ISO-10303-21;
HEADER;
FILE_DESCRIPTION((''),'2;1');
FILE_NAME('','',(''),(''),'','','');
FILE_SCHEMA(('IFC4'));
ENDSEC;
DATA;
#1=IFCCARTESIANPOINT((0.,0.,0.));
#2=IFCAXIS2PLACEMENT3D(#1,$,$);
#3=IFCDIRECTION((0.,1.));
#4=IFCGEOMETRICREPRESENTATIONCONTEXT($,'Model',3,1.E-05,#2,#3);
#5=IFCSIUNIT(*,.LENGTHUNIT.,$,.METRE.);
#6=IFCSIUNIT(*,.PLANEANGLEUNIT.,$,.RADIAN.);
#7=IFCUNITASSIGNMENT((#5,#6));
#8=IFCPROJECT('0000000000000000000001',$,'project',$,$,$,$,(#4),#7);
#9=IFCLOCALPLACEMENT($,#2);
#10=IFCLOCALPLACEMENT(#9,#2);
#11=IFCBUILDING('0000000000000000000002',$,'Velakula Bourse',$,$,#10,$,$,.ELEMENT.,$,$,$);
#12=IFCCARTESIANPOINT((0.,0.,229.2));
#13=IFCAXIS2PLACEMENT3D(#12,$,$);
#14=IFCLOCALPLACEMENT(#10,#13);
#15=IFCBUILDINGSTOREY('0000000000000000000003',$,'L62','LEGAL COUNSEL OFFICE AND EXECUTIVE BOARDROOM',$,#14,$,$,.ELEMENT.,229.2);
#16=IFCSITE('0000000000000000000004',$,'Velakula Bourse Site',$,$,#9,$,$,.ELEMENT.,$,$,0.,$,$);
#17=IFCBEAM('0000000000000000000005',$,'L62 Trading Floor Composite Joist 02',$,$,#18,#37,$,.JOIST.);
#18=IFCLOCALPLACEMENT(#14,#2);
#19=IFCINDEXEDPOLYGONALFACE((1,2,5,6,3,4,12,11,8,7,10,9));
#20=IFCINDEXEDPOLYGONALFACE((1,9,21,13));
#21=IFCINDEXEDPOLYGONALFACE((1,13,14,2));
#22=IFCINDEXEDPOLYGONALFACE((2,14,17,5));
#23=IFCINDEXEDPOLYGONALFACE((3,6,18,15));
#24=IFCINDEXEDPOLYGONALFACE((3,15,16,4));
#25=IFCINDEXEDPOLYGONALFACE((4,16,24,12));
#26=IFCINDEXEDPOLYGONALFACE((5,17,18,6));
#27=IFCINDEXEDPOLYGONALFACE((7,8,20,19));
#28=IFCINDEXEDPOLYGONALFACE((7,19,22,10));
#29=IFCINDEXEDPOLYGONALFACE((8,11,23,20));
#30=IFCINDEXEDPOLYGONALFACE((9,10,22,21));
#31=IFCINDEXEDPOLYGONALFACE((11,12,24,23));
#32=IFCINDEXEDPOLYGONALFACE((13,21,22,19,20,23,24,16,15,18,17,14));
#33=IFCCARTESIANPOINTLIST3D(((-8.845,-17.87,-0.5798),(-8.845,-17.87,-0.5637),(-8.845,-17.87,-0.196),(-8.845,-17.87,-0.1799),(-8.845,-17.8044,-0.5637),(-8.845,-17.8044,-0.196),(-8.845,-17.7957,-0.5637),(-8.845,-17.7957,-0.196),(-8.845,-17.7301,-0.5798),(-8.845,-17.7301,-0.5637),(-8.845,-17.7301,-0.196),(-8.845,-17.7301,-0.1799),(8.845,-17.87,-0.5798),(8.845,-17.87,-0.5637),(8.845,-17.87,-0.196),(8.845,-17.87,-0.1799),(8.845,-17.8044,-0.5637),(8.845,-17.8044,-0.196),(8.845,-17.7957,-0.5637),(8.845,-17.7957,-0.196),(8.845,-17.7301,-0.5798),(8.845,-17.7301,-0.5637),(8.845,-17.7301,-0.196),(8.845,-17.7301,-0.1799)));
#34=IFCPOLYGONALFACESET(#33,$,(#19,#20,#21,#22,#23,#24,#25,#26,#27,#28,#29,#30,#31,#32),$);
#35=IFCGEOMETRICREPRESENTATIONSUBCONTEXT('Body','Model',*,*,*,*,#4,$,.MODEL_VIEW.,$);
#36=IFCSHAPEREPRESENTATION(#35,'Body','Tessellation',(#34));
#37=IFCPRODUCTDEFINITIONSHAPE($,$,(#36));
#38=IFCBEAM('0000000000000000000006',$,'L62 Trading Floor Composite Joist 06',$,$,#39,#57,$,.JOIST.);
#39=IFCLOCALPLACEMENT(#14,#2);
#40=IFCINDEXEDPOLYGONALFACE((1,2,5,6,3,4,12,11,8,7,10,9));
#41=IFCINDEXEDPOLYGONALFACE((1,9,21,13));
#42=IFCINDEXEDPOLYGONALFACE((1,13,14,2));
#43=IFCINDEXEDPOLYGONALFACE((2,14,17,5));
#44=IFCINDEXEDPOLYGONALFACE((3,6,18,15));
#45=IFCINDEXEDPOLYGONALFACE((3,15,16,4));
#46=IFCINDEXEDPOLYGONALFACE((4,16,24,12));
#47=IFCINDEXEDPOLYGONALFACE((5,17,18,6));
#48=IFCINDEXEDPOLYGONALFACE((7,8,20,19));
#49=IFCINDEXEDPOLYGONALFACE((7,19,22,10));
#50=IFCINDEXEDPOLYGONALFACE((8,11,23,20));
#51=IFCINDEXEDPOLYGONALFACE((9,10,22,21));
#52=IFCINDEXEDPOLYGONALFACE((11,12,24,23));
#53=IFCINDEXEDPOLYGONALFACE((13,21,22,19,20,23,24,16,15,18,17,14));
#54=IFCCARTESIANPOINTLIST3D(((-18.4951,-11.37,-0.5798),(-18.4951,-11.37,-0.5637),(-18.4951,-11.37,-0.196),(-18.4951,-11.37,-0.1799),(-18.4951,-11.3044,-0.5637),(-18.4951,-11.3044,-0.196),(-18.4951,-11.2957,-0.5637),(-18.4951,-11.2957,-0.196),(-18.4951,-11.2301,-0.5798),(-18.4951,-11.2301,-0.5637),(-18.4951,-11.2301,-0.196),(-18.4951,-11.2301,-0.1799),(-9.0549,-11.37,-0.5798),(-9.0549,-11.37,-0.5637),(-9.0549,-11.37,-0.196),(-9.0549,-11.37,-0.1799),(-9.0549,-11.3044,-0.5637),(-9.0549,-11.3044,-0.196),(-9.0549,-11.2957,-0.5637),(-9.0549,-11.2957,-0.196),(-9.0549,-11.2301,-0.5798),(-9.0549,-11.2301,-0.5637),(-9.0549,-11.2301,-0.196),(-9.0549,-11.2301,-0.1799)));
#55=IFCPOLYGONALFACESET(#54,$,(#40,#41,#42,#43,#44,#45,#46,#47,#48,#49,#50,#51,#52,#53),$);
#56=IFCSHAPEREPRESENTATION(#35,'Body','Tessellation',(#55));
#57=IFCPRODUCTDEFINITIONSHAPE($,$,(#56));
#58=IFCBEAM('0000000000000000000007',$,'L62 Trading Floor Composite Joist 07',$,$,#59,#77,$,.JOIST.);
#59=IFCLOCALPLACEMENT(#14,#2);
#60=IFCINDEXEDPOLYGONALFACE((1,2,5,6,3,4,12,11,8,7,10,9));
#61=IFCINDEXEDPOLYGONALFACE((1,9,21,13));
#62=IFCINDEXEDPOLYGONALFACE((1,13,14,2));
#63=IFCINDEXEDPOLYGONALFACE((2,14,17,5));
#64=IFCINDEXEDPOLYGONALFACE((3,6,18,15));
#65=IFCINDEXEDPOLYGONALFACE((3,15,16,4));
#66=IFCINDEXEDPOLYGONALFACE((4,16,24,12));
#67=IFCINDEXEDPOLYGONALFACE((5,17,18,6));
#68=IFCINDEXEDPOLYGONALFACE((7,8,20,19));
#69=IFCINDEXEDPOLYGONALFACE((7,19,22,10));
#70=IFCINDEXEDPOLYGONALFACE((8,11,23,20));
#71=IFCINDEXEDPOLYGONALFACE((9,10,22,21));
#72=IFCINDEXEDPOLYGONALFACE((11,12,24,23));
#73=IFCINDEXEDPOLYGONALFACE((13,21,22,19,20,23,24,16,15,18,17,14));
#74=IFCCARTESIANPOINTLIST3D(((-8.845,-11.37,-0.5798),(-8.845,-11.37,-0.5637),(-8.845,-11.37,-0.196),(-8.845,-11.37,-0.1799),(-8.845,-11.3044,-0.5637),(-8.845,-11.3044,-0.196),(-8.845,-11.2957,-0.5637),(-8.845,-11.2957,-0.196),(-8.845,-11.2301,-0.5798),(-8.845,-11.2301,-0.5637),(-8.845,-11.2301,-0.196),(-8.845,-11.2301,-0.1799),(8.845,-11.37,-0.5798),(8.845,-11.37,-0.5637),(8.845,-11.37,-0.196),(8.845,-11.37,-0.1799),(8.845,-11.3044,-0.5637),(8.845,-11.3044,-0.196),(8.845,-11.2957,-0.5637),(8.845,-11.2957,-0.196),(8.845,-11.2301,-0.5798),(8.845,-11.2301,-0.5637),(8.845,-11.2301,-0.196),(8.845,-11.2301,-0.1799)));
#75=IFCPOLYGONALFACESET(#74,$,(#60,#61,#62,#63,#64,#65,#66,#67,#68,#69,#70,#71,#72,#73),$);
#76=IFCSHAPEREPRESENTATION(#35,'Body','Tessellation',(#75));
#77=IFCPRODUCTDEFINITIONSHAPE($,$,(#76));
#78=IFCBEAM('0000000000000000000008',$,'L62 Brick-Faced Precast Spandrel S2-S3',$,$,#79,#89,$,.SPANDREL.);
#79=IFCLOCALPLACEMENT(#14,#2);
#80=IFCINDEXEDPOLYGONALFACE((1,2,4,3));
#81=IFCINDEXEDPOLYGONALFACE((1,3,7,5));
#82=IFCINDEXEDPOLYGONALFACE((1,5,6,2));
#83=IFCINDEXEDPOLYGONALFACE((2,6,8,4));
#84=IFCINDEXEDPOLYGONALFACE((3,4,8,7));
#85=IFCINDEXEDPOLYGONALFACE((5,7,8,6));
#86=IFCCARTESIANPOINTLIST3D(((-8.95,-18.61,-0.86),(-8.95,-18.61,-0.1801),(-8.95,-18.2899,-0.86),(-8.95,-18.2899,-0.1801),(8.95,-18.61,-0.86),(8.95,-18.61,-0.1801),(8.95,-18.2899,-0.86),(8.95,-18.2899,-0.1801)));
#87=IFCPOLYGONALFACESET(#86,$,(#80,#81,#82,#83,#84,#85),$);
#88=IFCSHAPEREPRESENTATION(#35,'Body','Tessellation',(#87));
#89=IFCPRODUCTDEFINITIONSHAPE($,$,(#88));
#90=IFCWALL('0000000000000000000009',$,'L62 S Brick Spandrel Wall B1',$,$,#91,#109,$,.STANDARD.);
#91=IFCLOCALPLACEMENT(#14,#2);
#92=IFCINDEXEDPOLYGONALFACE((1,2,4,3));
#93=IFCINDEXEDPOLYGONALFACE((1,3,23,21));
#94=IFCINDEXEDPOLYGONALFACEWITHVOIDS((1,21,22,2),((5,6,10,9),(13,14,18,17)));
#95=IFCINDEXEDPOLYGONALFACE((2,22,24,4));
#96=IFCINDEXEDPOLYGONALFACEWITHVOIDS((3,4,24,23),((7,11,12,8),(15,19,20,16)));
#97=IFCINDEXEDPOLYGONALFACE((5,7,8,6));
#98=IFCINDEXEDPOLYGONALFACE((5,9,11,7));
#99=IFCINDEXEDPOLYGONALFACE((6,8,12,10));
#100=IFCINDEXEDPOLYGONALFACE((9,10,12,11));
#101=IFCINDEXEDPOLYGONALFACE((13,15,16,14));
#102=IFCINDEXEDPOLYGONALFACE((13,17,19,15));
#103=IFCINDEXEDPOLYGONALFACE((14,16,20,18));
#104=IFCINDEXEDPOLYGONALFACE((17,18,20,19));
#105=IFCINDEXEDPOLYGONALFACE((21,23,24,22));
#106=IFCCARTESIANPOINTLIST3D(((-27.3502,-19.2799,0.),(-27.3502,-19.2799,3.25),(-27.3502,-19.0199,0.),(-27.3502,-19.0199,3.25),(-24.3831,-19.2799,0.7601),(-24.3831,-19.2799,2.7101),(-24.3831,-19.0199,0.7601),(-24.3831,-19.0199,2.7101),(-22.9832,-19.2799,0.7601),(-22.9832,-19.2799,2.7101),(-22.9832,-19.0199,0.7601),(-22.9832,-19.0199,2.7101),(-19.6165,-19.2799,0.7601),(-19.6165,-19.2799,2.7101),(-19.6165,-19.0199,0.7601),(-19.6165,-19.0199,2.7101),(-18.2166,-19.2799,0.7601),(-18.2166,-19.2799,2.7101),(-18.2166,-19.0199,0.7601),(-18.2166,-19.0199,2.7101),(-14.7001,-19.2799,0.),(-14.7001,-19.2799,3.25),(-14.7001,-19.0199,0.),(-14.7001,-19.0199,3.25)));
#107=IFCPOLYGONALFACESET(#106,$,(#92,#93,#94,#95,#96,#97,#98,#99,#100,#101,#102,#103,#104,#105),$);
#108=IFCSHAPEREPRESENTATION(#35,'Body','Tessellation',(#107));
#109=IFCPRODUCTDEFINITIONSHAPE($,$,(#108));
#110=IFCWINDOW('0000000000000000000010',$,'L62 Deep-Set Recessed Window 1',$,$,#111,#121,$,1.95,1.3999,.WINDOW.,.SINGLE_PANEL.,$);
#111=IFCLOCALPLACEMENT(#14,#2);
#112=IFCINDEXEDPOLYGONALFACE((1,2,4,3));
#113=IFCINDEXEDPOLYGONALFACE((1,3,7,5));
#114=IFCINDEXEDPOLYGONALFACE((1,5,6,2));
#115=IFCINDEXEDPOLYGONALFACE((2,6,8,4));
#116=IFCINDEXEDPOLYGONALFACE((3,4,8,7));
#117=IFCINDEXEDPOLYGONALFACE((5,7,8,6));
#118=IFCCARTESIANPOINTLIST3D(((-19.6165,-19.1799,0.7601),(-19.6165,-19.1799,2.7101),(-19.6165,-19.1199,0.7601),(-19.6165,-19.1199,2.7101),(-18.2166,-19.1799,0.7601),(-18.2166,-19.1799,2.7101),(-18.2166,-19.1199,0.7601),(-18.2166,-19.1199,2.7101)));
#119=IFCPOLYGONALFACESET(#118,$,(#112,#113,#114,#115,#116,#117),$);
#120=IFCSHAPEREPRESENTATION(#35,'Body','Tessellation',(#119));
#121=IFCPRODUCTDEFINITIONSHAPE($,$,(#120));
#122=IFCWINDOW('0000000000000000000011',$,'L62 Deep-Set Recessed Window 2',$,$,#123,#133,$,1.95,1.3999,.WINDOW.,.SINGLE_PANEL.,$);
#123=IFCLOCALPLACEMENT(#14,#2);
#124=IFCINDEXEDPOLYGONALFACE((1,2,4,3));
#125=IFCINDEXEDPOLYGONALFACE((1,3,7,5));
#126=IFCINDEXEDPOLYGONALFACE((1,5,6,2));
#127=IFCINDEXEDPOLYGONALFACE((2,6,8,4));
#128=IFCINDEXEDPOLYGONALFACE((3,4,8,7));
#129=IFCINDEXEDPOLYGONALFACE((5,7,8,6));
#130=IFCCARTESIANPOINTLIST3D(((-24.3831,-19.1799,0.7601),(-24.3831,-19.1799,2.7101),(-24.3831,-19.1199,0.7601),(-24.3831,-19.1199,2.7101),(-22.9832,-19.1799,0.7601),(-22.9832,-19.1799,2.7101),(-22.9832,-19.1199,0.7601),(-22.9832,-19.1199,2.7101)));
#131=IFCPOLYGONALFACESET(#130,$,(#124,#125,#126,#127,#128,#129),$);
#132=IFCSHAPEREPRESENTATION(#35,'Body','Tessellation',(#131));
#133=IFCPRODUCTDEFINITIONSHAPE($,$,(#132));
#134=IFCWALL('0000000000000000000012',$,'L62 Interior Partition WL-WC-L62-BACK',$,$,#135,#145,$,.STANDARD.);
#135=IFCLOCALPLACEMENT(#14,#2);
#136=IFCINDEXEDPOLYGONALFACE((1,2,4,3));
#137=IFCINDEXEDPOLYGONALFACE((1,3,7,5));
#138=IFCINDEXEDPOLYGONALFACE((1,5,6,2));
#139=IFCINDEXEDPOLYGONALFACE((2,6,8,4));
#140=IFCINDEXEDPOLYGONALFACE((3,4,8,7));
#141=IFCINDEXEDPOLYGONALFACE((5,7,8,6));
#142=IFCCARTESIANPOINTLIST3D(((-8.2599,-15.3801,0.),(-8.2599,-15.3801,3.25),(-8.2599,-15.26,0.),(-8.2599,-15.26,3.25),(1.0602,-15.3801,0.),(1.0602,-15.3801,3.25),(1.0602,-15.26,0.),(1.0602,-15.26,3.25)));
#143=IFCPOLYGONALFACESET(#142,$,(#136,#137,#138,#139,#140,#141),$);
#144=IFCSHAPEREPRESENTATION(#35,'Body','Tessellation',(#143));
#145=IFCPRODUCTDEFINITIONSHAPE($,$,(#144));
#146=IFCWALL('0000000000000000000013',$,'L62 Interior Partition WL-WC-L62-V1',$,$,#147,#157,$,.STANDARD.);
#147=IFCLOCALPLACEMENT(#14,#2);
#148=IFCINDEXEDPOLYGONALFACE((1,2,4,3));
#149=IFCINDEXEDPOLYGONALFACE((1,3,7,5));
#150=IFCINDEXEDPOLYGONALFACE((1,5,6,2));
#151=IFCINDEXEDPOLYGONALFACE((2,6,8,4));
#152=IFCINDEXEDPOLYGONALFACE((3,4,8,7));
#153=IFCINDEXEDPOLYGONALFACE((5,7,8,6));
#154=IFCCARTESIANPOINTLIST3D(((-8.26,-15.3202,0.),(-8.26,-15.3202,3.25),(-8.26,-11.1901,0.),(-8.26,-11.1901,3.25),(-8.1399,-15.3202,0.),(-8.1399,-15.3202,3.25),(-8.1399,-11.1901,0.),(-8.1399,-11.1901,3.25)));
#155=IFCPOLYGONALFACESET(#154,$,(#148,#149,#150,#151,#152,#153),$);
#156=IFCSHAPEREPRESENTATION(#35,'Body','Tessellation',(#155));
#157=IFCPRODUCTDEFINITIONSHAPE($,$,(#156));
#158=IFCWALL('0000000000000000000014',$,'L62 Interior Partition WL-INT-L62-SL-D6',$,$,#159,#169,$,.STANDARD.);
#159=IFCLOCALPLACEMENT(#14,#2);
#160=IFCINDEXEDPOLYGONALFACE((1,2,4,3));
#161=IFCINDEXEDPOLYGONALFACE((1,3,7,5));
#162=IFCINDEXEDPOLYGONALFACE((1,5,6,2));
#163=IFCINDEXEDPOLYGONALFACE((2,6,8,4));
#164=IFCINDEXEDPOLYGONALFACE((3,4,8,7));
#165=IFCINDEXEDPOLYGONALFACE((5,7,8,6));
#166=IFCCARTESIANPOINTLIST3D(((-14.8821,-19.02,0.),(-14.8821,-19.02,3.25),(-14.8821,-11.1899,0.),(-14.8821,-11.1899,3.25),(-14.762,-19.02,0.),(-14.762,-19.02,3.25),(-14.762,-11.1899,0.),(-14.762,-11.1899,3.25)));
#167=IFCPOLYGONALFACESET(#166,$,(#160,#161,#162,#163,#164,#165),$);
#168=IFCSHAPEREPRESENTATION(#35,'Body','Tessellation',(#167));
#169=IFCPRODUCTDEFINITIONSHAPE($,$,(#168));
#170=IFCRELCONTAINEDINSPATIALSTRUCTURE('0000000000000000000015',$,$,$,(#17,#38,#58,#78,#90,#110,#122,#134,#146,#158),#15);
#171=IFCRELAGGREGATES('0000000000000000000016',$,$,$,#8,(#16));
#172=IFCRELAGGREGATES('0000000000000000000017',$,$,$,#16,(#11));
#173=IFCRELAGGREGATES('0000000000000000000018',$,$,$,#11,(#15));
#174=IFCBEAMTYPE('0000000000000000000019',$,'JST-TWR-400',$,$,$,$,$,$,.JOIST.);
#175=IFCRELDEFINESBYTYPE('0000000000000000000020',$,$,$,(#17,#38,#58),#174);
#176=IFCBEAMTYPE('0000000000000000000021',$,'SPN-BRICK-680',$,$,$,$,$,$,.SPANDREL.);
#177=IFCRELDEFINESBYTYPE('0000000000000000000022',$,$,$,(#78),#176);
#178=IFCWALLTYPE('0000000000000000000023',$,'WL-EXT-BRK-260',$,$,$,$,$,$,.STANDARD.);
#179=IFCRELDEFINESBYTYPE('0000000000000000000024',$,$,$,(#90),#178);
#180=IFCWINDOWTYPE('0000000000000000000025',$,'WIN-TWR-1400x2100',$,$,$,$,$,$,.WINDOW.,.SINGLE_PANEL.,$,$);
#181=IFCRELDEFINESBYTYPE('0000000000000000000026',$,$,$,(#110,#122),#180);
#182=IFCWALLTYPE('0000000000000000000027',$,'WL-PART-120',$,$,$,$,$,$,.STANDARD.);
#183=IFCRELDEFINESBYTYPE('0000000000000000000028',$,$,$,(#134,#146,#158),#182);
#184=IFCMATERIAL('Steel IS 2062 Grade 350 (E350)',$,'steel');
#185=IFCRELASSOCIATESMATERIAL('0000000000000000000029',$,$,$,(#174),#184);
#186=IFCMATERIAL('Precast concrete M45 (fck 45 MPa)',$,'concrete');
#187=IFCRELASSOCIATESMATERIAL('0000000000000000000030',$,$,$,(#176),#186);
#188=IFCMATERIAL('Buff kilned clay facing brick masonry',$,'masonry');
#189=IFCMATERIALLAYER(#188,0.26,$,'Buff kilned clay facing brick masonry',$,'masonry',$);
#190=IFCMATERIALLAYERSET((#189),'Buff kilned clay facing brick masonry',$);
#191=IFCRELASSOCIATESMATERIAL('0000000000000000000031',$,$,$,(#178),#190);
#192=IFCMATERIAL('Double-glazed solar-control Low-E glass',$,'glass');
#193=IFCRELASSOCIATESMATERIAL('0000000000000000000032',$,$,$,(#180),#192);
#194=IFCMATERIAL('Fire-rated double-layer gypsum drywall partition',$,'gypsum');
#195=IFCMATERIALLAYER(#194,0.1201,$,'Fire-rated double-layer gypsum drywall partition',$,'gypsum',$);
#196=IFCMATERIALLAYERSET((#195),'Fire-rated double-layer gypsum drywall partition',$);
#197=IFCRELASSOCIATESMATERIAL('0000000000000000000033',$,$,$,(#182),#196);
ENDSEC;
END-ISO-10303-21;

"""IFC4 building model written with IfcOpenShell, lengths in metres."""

from ifc_helpers import new_model, si_unit, direction, frame, frame_2d, origin, origin_2d, place, context, subcontext, project, spatial, rectangle, i_section, extrude, material, layer, layer_set, material_profile, profile_set, type_object, element, fill, save


model = new_model("IFC4")

# Units and contexts
model_context = context("Model", 3, precision=1e-05, world=origin(), true_north=direction((0.0, 1.0)))
body_context = subcontext(model_context, "Body", "Model", "MODEL_VIEW")
ifc_project = project(units=[si_unit("LENGTHUNIT", "METRE"), si_unit("PLANEANGLEUNIT", "RADIAN")], contexts=[model_context])

# Site, building, storey
site_placement = place(None, origin())
site = spatial("IfcSite", under=ifc_project, at=site_placement, Name="Velakula Bourse Site", CompositionType="ELEMENT", RefElevation=0.0)
building_placement = place(site_placement, origin())
building = spatial("IfcBuilding", under=site, at=building_placement, Name="Velakula Bourse", CompositionType="ELEMENT")
storey_placement = place(building_placement, frame((0.0, 0.0, 229.2)))
storey = spatial("IfcBuildingStorey", under=building, at=storey_placement, Name="L62", Description="LEGAL COUNSEL OFFICE AND EXECUTIVE BOARDROOM", CompositionType="ELEMENT", Elevation=229.2)

# Shared definitions
ifc_material_1 = material(Name="Steel IS 2062 Grade 350 (E350)", Category="steel")

# Beams
ifc_material_profile_1 = material_profile(ifc_material_1, i_section(OverallWidth=0.1399, OverallDepth=0.3999, WebThickness=0.0088, FlangeThickness=0.0161, at=origin_2d()), Name="Steel IS 2062 Grade 350 (E350)")
ifc_profile_set_1 = profile_set([ifc_material_profile_1], Name="Steel IS 2062 Grade 350 (E350)")
beam_type_1 = type_object("IfcBeamType", Name="JST-TWR-400", PredefinedType="JOIST", material=ifc_profile_set_1)
beam_1_placement = place(storey_placement, frame((-8.845, -17.8, -0.3799), z_axis=(1.0, 0.0, 0.0), x_axis=(0.0, 1.0, 0.0)))
element("IfcBeam", 1, at=beam_1_placement, inside=storey, type_object=beam_type_1, Name="L62 Trading Floor Composite Joist 02", PredefinedType="JOIST", context=body_context, shape_type="SweptSolid", body=[
    extrude(i_section(OverallWidth=0.1399, OverallDepth=0.3999, WebThickness=0.0088, FlangeThickness=0.0161, at=origin_2d()), origin(), (0.0, 0.0, 1.0), 17.6899),
])
beam_2_placement = place(storey_placement, frame((-18.4951, -11.3, -0.3799), z_axis=(1.0, 0.0, 0.0), x_axis=(0.0, 1.0, 0.0)))
element("IfcBeam", 2, at=beam_2_placement, inside=storey, type_object=beam_type_1, Name="L62 Trading Floor Composite Joist 06", PredefinedType="JOIST", context=body_context, shape_type="SweptSolid", body=[
    extrude(i_section(OverallWidth=0.1399, OverallDepth=0.3999, WebThickness=0.0088, FlangeThickness=0.0161, at=origin_2d()), origin(), (0.0, 0.0, 1.0), 9.4402),
])
beam_3_placement = place(storey_placement, frame((-8.845, -11.3, -0.3799), z_axis=(1.0, 0.0, 0.0), x_axis=(0.0, 1.0, 0.0)))
element("IfcBeam", 3, at=beam_3_placement, inside=storey, type_object=beam_type_1, Name="L62 Trading Floor Composite Joist 07", PredefinedType="JOIST", context=body_context, shape_type="SweptSolid", body=[
    extrude(i_section(OverallWidth=0.1399, OverallDepth=0.3999, WebThickness=0.0088, FlangeThickness=0.0161, at=origin_2d()), origin(), (0.0, 0.0, 1.0), 17.6899),
])
ifc_material_2 = material(Name="Precast concrete M45 (fck 45 MPa)", Category="concrete")
ifc_material_profile_2 = material_profile(ifc_material_2, rectangle(XDim=0.3201, YDim=0.6799, at=origin_2d()), Name="Precast concrete M45 (fck 45 MPa)")
ifc_profile_set_2 = profile_set([ifc_material_profile_2], Name="Precast concrete M45 (fck 45 MPa)")
beam_type_2 = type_object("IfcBeamType", Name="SPN-BRICK-680", PredefinedType="SPANDREL", material=ifc_profile_set_2)
beam_4_placement = place(storey_placement, frame((-8.95, -18.45, -0.52), z_axis=(1.0, 0.0, 0.0), x_axis=(0.0, 1.0, 0.0)))
element("IfcBeam", 4, at=beam_4_placement, inside=storey, type_object=beam_type_2, Name="L62 Brick-Faced Precast Spandrel S2-S3", PredefinedType="SPANDREL", context=body_context, shape_type="SweptSolid", body=[
    extrude(rectangle(XDim=0.3201, YDim=0.6799, at=origin_2d()), origin(), (0.0, 0.0, 1.0), 17.8999),
])

# Wall, openings, windows
ifc_material_3 = material(Name="Buff kilned clay facing brick masonry", Category="masonry")
ifc_layer_1 = layer(ifc_material_3, 0.26, Name="Buff kilned clay facing brick masonry", Category="masonry")
ifc_layer_set_1 = layer_set([ifc_layer_1], Name="Buff kilned clay facing brick masonry")
wall_type_1 = type_object("IfcWallType", Name="WL-EXT-BRK-260", PredefinedType="STANDARD", material=ifc_layer_set_1)
wall_1_placement = place(storey_placement, frame((-14.7, -19.1499, 0.0), z_axis=(0.0, 0.0, 1.0), x_axis=(-1.0, 0.0, 0.0)))
wall_1 = element("IfcWall", 5, at=wall_1_placement, inside=storey, type_object=wall_type_1, Name="L62 S Brick Spandrel Wall B1", PredefinedType="STANDARD", context=body_context, shape_type="SweptSolid", body=[
    extrude(rectangle(XDim=12.6501, YDim=0.26, at=frame_2d((6.3252, 0.0))), origin(), (0.0, 0.0, 1.0), 3.25),
])
opening_1_placement = place(wall_1_placement, frame((3.5166, 0.0, 0.76)))
opening_1 = element("IfcOpeningElement", 6, at=opening_1_placement, cuts=wall_1, PredefinedType="OPENING", context=body_context, shape_type="SweptSolid", body=[
    extrude(rectangle(XDim=1.3999, YDim=1.95, at=frame_2d((0.7, 0.9751))), frame((0.0, 0.1399, 0.0), z_axis=(0.0, -1.0, 0.0), x_axis=(1.0, 0.0, 0.0)), (0.0, 0.0, 1.0), 0.28),
])
opening_2_placement = place(wall_1_placement, frame((8.2832, 0.0, 0.76)))
opening_2 = element("IfcOpeningElement", 7, at=opening_2_placement, cuts=wall_1, PredefinedType="OPENING", context=body_context, shape_type="SweptSolid", body=[
    extrude(rectangle(XDim=1.3999, YDim=1.95, at=frame_2d((0.7, 0.9751))), frame((0.0, 0.1399, 0.0), z_axis=(0.0, -1.0, 0.0), x_axis=(1.0, 0.0, 0.0)), (0.0, 0.0, 1.0), 0.28),
])
ifc_material_4 = material(Name="Double-glazed solar-control Low-E glass", Category="glass")
window_type = type_object("IfcWindowType", Name="WIN-TWR-1400x2100", PartitioningType="SINGLE_PANEL", PredefinedType="WINDOW", material=ifc_material_4)
window_1_placement = place(opening_1_placement, origin())
window_1 = element("IfcWindow", 8, at=window_1_placement, inside=storey, type_object=window_type, Name="L62 Deep-Set Recessed Window 1", OverallHeight=1.95, OverallWidth=1.3999, PartitioningType="SINGLE_PANEL", PredefinedType="WINDOW", context=body_context, shape_type="SweptSolid", body=[
    extrude(rectangle(XDim=1.3999, YDim=1.95, at=frame_2d((0.7, 0.9751))), frame((0.0, 0.03, 0.0), z_axis=(0.0, -1.0, 0.0), x_axis=(1.0, 0.0, 0.0)), (0.0, 0.0, 1.0), 0.0601),
])
fill(opening_1, window_1)
window_2_placement = place(opening_2_placement, origin())
window_2 = element("IfcWindow", 9, at=window_2_placement, inside=storey, type_object=window_type, Name="L62 Deep-Set Recessed Window 2", OverallHeight=1.95, OverallWidth=1.3999, PartitioningType="SINGLE_PANEL", PredefinedType="WINDOW", context=body_context, shape_type="SweptSolid", body=[
    extrude(rectangle(XDim=1.3999, YDim=1.95, at=frame_2d((0.7, 0.9751))), frame((0.0, 0.03, 0.0), z_axis=(0.0, -1.0, 0.0), x_axis=(1.0, 0.0, 0.0)), (0.0, 0.0, 1.0), 0.0601),
])
fill(opening_2, window_2)

# Walls
ifc_material_5 = material(Name="Fire-rated double-layer gypsum drywall partition", Category="gypsum")
ifc_layer_2 = layer(ifc_material_5, 0.1201, Name="Fire-rated double-layer gypsum drywall partition", Category="gypsum")
ifc_layer_set_2 = layer_set([ifc_layer_2], Name="Fire-rated double-layer gypsum drywall partition")
wall_type_2 = type_object("IfcWallType", Name="WL-PART-120", PredefinedType="STANDARD", material=ifc_layer_set_2)
wall_2_placement = place(storey_placement, frame((-8.26, -15.3201, 0.0), z_axis=(0.0, 0.0, 1.0), x_axis=(1.0, 0.0, 0.0)))
element("IfcWall", 10, at=wall_2_placement, inside=storey, type_object=wall_type_2, Name="L62 Interior Partition WL-WC-L62-BACK", PredefinedType="STANDARD", context=body_context, shape_type="SweptSolid", body=[
    extrude(rectangle(XDim=9.3201, YDim=0.1201, at=frame_2d((4.6602, 0.0))), origin(), (0.0, 0.0, 1.0), 3.25),
])
wall_3_placement = place(storey_placement, frame((-8.2, -15.3201, 0.0), z_axis=(0.0, 0.0, 1.0), x_axis=(0.0, 1.0, 0.0)))
element("IfcWall", 11, at=wall_3_placement, inside=storey, type_object=wall_type_2, Name="L62 Interior Partition WL-WC-L62-V1", PredefinedType="STANDARD", context=body_context, shape_type="SweptSolid", body=[
    extrude(rectangle(XDim=4.1301, YDim=0.1201, at=frame_2d((2.0649, 0.0))), origin(), (0.0, 0.0, 1.0), 3.25),
])
wall_4_placement = place(storey_placement, frame((-14.822, -19.02, 0.0), z_axis=(0.0, 0.0, 1.0), x_axis=(0.0, 1.0, 0.0)))
element("IfcWall", 12, at=wall_4_placement, inside=storey, type_object=wall_type_2, Name="L62 Interior Partition WL-INT-L62-SL-D6", PredefinedType="STANDARD", context=body_context, shape_type="SweptSolid", body=[
    extrude(rectangle(XDim=7.8301, YDim=0.1201, at=frame_2d((3.915, 0.0))), origin(), (0.0, 0.0, 1.0), 3.25),
])

save(model, "model.ifc")
